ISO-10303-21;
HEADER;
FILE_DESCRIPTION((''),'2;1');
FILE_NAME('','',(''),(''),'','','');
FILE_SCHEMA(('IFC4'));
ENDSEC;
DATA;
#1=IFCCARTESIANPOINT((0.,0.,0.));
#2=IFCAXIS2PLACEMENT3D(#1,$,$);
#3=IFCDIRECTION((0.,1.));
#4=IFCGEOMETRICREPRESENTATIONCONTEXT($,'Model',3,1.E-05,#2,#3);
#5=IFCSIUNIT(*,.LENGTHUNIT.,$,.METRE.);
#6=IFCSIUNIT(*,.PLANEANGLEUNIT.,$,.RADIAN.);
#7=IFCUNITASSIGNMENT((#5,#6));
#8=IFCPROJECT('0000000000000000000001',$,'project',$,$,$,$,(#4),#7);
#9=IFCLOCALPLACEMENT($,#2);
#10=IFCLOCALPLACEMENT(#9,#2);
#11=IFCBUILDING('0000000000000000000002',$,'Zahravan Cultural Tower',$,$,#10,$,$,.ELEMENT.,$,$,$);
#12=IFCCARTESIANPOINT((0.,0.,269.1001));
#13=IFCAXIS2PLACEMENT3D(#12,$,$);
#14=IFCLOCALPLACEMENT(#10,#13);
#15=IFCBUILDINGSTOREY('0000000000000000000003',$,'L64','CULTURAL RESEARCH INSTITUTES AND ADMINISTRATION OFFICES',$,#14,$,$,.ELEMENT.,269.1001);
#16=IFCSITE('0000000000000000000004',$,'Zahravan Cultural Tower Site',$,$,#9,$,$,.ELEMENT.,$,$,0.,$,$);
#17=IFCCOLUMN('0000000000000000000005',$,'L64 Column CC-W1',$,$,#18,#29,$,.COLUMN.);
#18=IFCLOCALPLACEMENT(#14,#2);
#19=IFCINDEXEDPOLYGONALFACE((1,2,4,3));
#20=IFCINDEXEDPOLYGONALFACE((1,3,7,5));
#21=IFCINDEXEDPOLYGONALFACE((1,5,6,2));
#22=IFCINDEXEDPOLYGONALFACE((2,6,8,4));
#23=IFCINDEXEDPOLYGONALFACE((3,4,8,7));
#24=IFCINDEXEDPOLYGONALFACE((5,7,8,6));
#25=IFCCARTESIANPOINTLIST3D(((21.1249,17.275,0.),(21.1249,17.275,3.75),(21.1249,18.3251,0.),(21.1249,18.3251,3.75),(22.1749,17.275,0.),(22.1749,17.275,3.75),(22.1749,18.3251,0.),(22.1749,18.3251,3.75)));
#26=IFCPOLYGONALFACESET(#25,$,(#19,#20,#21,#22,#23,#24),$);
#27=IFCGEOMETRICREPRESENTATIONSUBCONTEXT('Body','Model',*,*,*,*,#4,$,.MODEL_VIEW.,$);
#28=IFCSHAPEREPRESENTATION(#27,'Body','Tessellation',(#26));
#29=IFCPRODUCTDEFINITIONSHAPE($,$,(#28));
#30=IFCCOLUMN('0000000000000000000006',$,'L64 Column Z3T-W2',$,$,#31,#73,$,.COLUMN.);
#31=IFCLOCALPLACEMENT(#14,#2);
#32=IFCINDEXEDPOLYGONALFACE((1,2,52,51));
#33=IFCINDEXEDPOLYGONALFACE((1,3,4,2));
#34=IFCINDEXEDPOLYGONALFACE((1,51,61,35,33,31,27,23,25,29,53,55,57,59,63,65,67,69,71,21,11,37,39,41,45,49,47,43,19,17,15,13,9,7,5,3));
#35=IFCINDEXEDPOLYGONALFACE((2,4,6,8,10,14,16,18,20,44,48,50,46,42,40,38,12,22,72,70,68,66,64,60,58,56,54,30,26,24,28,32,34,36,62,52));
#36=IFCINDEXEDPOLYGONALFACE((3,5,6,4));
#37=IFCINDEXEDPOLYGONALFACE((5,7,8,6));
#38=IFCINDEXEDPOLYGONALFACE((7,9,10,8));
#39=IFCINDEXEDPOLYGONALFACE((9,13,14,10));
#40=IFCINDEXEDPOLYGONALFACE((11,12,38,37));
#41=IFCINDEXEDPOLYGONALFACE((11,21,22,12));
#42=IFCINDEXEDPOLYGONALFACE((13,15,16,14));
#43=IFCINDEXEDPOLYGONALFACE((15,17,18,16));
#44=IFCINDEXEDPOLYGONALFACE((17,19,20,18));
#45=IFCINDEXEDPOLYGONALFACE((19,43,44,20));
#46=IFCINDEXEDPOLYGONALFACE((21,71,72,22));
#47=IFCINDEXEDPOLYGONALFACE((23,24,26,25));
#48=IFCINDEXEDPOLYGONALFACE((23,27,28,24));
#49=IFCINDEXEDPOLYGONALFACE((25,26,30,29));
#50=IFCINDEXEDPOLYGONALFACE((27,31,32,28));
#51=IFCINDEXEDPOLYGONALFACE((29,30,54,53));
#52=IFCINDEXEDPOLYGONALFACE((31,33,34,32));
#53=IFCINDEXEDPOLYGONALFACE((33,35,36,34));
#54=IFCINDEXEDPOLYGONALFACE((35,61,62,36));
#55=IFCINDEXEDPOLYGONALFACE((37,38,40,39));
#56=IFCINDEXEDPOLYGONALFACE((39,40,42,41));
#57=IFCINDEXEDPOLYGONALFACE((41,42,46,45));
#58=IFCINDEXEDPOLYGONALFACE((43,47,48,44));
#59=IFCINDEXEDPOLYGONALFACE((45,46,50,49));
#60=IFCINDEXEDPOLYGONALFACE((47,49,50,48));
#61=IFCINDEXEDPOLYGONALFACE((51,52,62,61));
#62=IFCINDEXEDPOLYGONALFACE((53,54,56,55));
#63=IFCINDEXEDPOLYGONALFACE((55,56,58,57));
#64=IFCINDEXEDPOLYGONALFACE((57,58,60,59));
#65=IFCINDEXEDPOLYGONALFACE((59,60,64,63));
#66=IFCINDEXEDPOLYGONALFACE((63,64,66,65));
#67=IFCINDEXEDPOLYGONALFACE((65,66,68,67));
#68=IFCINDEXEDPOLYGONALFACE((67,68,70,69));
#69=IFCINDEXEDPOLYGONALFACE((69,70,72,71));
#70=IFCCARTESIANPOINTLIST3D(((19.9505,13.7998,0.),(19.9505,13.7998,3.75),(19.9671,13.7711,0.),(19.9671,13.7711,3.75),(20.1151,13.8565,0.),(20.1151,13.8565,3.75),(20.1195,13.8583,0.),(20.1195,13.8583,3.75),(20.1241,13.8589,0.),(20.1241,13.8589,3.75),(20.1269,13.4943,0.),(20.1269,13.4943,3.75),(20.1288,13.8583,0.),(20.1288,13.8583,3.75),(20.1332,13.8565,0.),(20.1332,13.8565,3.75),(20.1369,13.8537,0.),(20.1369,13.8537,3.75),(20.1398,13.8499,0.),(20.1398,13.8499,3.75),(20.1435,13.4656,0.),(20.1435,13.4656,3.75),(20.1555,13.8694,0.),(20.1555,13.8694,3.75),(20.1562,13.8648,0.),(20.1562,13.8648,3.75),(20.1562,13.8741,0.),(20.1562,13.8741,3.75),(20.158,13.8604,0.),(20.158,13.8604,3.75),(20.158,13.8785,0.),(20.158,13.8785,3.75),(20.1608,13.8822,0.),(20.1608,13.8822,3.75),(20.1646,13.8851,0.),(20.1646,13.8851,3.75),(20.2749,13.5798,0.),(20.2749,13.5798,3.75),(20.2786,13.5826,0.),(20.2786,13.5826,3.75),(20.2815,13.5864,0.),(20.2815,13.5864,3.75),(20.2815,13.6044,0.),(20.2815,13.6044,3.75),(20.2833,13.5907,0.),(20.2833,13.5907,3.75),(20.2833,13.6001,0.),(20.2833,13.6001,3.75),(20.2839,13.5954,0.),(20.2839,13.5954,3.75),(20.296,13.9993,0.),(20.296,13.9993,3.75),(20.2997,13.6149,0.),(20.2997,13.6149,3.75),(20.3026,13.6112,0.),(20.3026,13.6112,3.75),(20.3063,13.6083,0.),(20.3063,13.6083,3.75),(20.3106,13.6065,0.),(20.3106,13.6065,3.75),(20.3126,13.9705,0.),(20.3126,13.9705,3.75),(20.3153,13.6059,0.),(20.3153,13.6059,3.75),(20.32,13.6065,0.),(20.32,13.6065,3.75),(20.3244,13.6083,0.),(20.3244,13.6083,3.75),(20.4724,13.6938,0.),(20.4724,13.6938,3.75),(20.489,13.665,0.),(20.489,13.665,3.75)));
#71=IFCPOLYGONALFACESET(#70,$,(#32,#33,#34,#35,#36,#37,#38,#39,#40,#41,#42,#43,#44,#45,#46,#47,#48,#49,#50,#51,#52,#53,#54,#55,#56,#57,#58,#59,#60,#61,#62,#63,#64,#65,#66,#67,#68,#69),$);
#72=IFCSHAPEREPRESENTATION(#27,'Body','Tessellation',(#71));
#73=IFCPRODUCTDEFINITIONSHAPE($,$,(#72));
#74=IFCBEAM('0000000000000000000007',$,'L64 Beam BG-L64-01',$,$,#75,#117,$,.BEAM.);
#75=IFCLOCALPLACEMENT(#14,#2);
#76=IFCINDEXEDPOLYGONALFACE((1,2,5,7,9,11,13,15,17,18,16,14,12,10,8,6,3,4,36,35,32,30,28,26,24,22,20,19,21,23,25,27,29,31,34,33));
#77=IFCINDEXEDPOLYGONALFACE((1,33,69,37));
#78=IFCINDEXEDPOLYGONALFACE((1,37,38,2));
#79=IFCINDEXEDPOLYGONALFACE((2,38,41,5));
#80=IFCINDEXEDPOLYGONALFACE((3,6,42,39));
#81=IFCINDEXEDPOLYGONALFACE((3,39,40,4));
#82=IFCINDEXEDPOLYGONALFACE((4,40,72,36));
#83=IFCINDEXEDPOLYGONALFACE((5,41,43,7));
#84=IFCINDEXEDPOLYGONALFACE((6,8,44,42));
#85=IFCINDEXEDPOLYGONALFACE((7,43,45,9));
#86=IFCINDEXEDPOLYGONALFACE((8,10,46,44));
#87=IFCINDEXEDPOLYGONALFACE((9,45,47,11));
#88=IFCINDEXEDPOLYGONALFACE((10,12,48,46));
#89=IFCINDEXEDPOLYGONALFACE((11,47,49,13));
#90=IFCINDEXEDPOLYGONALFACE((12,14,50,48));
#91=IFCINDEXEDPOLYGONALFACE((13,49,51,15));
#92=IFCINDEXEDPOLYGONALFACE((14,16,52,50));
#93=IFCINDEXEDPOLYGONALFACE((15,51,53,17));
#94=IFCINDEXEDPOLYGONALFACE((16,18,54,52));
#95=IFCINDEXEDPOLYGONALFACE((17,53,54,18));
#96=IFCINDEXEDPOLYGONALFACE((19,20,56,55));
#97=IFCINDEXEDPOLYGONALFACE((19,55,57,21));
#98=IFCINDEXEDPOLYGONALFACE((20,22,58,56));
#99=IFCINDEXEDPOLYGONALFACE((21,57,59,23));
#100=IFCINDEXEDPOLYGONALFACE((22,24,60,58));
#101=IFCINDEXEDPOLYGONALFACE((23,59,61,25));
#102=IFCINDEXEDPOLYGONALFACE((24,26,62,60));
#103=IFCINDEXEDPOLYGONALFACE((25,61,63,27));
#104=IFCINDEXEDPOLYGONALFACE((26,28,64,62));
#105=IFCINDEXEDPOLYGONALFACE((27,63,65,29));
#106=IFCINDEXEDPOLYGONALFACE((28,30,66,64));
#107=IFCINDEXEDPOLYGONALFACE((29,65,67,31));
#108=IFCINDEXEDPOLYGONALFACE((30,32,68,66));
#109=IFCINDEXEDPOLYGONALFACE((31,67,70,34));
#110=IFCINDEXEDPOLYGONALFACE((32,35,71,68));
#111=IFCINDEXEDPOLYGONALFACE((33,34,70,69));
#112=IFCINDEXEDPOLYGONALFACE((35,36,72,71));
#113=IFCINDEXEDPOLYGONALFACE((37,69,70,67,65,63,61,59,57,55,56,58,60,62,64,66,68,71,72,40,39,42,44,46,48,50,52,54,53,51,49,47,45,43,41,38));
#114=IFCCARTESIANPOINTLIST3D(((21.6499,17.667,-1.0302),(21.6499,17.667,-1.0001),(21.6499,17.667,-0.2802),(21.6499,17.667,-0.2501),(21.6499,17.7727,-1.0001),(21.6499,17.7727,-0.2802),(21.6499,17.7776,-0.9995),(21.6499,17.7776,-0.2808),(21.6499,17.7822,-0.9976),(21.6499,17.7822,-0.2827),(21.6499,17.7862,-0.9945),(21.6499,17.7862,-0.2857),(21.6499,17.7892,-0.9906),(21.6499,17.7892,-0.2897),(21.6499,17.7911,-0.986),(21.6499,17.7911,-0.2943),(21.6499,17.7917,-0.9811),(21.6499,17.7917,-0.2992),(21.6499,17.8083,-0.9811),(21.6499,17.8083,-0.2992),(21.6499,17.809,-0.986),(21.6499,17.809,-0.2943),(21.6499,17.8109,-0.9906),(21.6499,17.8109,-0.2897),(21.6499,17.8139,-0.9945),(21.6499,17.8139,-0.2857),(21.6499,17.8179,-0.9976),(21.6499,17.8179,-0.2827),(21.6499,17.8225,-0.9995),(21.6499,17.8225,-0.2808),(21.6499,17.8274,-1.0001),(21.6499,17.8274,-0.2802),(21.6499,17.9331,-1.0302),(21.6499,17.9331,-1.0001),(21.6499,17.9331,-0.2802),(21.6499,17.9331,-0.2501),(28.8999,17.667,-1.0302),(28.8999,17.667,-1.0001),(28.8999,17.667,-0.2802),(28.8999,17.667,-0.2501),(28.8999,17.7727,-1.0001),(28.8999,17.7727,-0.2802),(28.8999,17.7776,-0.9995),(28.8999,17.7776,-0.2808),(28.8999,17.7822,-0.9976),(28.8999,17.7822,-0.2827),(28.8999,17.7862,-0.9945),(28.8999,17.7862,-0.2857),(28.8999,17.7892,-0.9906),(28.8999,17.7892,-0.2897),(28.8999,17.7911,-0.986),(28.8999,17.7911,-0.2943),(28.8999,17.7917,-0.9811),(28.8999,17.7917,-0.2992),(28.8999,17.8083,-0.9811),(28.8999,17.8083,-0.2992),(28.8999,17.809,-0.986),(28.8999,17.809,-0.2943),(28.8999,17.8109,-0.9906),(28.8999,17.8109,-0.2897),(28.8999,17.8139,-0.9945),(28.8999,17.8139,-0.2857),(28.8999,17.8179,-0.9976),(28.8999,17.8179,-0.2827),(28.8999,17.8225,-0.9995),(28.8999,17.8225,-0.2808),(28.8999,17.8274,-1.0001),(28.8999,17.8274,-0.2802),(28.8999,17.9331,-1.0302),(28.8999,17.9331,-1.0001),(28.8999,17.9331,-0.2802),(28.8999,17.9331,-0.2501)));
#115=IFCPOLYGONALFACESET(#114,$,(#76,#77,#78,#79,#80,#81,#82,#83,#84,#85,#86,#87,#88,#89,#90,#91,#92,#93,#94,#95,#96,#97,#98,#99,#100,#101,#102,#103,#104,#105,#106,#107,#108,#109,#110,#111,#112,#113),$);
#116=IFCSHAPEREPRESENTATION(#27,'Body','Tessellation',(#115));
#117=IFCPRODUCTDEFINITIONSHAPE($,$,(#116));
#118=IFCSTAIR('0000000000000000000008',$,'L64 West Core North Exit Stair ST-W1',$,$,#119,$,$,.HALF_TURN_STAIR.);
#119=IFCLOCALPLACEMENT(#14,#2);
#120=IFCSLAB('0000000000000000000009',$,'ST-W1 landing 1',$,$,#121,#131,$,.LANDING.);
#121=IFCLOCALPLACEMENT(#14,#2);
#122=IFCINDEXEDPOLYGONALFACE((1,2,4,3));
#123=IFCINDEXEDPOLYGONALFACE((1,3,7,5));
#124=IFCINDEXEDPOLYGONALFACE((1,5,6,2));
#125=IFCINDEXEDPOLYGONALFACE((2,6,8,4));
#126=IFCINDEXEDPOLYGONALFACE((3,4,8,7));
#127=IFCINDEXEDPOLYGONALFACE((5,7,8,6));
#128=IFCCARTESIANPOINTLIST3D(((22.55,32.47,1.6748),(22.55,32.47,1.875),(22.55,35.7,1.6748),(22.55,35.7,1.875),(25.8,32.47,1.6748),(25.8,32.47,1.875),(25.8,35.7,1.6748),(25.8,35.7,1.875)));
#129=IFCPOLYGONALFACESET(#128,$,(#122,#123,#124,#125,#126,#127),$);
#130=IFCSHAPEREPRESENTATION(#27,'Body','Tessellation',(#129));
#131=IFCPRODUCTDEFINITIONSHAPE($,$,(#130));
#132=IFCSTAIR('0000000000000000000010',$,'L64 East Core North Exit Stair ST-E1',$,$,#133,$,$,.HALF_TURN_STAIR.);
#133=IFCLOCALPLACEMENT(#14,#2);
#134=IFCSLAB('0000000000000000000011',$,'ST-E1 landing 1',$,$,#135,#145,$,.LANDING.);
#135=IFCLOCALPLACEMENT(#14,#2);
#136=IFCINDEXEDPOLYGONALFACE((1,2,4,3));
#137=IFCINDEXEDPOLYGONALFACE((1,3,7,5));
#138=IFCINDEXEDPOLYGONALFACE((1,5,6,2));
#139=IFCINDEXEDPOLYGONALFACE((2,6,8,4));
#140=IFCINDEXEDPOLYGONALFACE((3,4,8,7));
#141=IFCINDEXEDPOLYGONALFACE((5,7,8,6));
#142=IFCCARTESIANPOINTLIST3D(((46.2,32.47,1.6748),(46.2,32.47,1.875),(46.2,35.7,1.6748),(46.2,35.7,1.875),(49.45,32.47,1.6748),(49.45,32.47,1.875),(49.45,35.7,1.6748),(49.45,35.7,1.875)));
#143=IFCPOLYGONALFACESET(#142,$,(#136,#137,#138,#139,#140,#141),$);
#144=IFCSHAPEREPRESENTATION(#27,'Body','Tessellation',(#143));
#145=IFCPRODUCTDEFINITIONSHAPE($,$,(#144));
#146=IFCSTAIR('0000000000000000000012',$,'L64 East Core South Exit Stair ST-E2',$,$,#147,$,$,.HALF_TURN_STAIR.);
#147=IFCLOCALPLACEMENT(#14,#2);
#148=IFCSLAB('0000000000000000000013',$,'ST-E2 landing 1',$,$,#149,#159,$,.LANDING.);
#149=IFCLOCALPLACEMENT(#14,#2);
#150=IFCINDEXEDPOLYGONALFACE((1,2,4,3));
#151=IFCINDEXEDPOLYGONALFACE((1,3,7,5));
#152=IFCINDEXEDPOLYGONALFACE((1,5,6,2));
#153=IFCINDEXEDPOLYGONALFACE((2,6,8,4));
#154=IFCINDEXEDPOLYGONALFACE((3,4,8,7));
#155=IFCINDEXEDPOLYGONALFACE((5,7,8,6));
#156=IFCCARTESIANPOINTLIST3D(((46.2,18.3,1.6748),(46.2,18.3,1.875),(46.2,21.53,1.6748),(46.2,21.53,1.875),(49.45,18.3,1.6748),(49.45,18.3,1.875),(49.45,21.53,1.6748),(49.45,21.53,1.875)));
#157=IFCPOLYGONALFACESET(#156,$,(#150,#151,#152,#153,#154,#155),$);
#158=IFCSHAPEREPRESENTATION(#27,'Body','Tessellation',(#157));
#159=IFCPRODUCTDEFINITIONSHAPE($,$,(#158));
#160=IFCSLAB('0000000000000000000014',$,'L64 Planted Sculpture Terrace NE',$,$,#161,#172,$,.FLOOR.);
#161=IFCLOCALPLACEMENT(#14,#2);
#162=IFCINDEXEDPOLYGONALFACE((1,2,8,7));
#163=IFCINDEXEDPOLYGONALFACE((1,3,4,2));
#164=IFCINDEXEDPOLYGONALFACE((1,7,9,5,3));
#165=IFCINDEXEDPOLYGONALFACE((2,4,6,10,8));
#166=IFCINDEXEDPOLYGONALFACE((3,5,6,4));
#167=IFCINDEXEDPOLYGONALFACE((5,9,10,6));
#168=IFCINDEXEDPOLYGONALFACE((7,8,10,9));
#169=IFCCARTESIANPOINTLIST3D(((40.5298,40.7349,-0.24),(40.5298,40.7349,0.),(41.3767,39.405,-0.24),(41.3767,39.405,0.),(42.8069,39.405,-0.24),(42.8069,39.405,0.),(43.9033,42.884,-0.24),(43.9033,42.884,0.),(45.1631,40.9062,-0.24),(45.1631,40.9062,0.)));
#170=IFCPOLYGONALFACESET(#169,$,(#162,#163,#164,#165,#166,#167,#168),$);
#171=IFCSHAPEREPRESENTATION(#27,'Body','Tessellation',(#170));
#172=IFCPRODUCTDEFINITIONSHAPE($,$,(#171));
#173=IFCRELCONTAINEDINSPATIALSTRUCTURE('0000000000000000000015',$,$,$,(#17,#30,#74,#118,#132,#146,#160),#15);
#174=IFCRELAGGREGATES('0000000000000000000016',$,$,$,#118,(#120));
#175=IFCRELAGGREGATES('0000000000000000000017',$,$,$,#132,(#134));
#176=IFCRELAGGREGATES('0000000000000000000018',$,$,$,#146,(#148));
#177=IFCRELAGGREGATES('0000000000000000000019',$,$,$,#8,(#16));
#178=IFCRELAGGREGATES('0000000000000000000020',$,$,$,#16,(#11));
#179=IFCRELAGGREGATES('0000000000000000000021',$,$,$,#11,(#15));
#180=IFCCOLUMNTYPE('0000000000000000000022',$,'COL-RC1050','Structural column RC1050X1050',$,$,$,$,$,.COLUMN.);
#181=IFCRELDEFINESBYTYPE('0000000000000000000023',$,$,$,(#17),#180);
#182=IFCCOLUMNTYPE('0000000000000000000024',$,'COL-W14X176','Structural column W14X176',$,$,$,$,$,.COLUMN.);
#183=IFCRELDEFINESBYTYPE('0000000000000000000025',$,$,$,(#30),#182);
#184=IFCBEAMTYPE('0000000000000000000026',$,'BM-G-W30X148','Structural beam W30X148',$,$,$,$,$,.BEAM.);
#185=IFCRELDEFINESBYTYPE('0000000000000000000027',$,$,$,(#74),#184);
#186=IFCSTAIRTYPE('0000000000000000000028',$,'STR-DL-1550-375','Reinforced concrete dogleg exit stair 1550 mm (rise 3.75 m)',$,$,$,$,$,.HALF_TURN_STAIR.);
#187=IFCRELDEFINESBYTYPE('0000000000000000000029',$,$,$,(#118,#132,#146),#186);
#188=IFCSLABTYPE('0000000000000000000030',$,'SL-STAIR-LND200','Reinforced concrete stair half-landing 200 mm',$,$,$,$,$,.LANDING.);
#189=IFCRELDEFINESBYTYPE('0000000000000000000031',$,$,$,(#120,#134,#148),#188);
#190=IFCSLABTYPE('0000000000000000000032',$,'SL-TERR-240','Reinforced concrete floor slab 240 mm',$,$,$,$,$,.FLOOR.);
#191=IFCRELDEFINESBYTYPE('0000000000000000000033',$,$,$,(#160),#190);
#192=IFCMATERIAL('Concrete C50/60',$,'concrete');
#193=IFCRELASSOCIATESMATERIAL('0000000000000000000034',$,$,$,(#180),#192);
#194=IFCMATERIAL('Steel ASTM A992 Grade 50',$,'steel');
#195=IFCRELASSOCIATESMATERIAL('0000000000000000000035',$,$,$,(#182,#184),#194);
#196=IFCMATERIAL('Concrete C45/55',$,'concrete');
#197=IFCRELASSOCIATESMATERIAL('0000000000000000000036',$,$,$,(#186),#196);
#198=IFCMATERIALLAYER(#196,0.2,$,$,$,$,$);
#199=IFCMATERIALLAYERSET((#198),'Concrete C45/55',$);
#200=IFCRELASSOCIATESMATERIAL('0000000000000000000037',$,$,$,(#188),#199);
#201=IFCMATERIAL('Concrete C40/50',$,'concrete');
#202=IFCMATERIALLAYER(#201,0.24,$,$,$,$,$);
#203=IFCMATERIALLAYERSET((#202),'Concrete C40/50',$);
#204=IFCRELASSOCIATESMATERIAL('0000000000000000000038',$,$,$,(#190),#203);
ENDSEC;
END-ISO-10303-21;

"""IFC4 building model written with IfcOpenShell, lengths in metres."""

from ifc_helpers import new_model, si_unit, direction, frame, origin, origin_2d, place, context, subcontext, project, spatial, polyline, rectangle, i_section, outline, extrude, source, transform, mapped, material, layer, layer_set, material_profile, profile_set, type_object, element, aggregate, save


model = new_model("IFC4")

# Units and contexts
model_context = context("Model", 3, precision=1e-05, world=origin(), true_north=direction((0.0, 1.0)))
body_context = subcontext(model_context, "Body", "Model", "MODEL_VIEW")
ifc_project = project(units=[si_unit("LENGTHUNIT", "METRE"), si_unit("PLANEANGLEUNIT", "RADIAN")], contexts=[model_context])

# Site, building, storey
site_placement = place(None, origin())
site = spatial("IfcSite", under=ifc_project, at=site_placement, Name="Zahravan Cultural Tower Site", CompositionType="ELEMENT", RefElevation=0.0)
building_placement = place(site_placement, origin())
building = spatial("IfcBuilding", under=site, at=building_placement, Name="Zahravan Cultural Tower", CompositionType="ELEMENT")
storey_placement = place(building_placement, frame((0.0, 0.0, 269.1001)))
storey = spatial("IfcBuildingStorey", under=building, at=storey_placement, Name="L64", Description="CULTURAL RESEARCH INSTITUTES AND ADMINISTRATION OFFICES", CompositionType="ELEMENT", Elevation=269.1001)

# Columns
ifc_material_1 = material(Name="Concrete C50/60", Category="concrete")
ifc_material_profile_1 = material_profile(ifc_material_1, rectangle(XDim=1.05, YDim=1.05, at=origin_2d()), Name="RC1050X1050")
ifc_profile_set_1 = profile_set([ifc_material_profile_1], Name="Concrete C50/60")
column_type_1 = type_object("IfcColumnType", Name="COL-RC1050", Description="Structural column RC1050X1050", PredefinedType="COLUMN", material=ifc_profile_set_1)
shared_shape_1 = source(origin(), body_context, "Body", "SweptSolid", [
    extrude(rectangle(XDim=1.05, YDim=1.05, at=origin_2d()), origin(), (0.0, 0.0, 1.0), 3.75),
])
column_1_placement = place(storey_placement, frame((21.6499, 17.8, 0.0), z_axis=(0.0, 0.0, 1.0), x_axis=(1.0, 0.0, 0.0)))
element("IfcColumn", 1, at=column_1_placement, inside=storey, type_object=column_type_1, Name="L64 Column CC-W1", PredefinedType="COLUMN", context=body_context, shape_type="MappedRepresentation", body=[
    mapped(shared_shape_1, transform((0.0, 0.0, 0.0), x_axis=(1.0, 0.0, 0.0), y_axis=(0.0, 1.0, 0.0), z_axis=(0.0, 0.0, 1.0), scale=1.0)),
])
ifc_material_2 = material(Name="Steel ASTM A992 Grade 50", Category="steel")
ifc_material_profile_2 = material_profile(ifc_material_2, i_section(OverallWidth=0.3989, OverallDepth=0.386, WebThickness=0.021, FlangeThickness=0.0332, FilletRadius=0.0181, at=origin_2d()), Name="W14X176")
ifc_profile_set_2 = profile_set([ifc_material_profile_2], Name="Steel ASTM A992 Grade 50")
column_type_2 = type_object("IfcColumnType", Name="COL-W14X176", Description="Structural column W14X176", PredefinedType="COLUMN", material=ifc_profile_set_2)
shared_shape_2 = source(origin(), body_context, "Body", "SweptSolid", [
    extrude(i_section(OverallWidth=0.3989, OverallDepth=0.386, WebThickness=0.021, FlangeThickness=0.0332, FilletRadius=0.0181, at=origin_2d()), origin(), (0.0, 0.0, 1.0), 3.75),
])
column_2_placement = place(storey_placement, frame((20.2197, 13.7324, 0.0), z_axis=(0.0, 0.0, 1.0), x_axis=(0.866025, 0.5, 0.0)))
element("IfcColumn", 2, at=column_2_placement, inside=storey, type_object=column_type_2, Name="L64 Column Z3T-W2", PredefinedType="COLUMN", context=body_context, shape_type="MappedRepresentation", body=[
    mapped(shared_shape_2, transform((0.0, 0.0, 0.0), x_axis=(1.0, 0.0, 0.0), y_axis=(0.0, 1.0, 0.0), z_axis=(0.0, 0.0, 1.0), scale=1.0)),
])

# Beam
ifc_material_profile_3 = material_profile(ifc_material_2, i_section(OverallWidth=0.2661, OverallDepth=0.78, WebThickness=0.0166, FlangeThickness=0.03, FilletRadius=0.019, at=origin_2d()), Name="W30X148")
ifc_profile_set_3 = profile_set([ifc_material_profile_3], Name="Steel ASTM A992 Grade 50")
beam_type = type_object("IfcBeamType", Name="BM-G-W30X148", Description="Structural beam W30X148", PredefinedType="BEAM", material=ifc_profile_set_3)
shared_shape_3 = source(origin(), body_context, "Body", "SweptSolid", [
    extrude(i_section(OverallWidth=0.2661, OverallDepth=0.78, WebThickness=0.0166, FlangeThickness=0.03, FilletRadius=0.019, at=origin_2d()), origin(), (0.0, 0.0, 1.0), 7.25),
])
beam_placement = place(storey_placement, frame((21.6499, 17.8, -0.6401), z_axis=(1.0, 0.0, 0.0), x_axis=(0.0, 1.0, 0.0)))
element("IfcBeam", 3, at=beam_placement, inside=storey, type_object=beam_type, Name="L64 Beam BG-L64-01", PredefinedType="BEAM", context=body_context, shape_type="MappedRepresentation", body=[
    mapped(shared_shape_3, transform((0.0, 0.0, 0.0), x_axis=(1.0, 0.0, 0.0), y_axis=(0.0, 1.0, 0.0), z_axis=(0.0, 0.0, 1.0), scale=1.0)),
])

# Stairs, slabs
ifc_material_3 = material(Name="Concrete C45/55", Category="concrete")
stair_type = type_object("IfcStairType", Name="STR-DL-1550-375", Description="Reinforced concrete dogleg exit stair 1550 mm (rise 3.75 m)", PredefinedType="HALF_TURN_STAIR", material=ifc_material_3)
stair_1_placement = place(storey_placement, origin())
stair_1 = element("IfcStair", 4, at=stair_1_placement, inside=storey, type_object=stair_type, Name="L64 West Core North Exit Stair ST-W1", PredefinedType="HALF_TURN_STAIR")
ifc_layer_1 = layer(ifc_material_3, 0.2)
ifc_layer_set_1 = layer_set([ifc_layer_1], Name="Concrete C45/55")
slab_type_1 = type_object("IfcSlabType", Name="SL-STAIR-LND200", Description="Reinforced concrete stair half-landing 200 mm", PredefinedType="LANDING", material=ifc_layer_set_1)
slab_1_placement = place(storey_placement, frame((0.0, 0.0, 1.6748)))
slab_1 = element("IfcSlab", 5, at=slab_1_placement, type_object=slab_type_1, Name="ST-W1 landing 1", PredefinedType="LANDING", context=body_context, shape_type="SweptSolid", body=[
    extrude(outline(polyline([(25.8, 32.47), (25.8, 35.7), (22.55, 35.7), (22.55, 32.47), (25.8, 32.47)])), origin(), (0.0, 0.0, 1.0), 0.2002),
])
aggregate(stair_1, [slab_1])
stair_2_placement = place(storey_placement, origin())
stair_2 = element("IfcStair", 6, at=stair_2_placement, inside=storey, type_object=stair_type, Name="L64 East Core North Exit Stair ST-E1", PredefinedType="HALF_TURN_STAIR")
slab_2_placement = place(storey_placement, frame((0.0, 0.0, 1.6748)))
slab_2 = element("IfcSlab", 7, at=slab_2_placement, type_object=slab_type_1, Name="ST-E1 landing 1", PredefinedType="LANDING", context=body_context, shape_type="SweptSolid", body=[
    extrude(outline(polyline([(49.45, 32.47), (49.45, 35.7), (46.2, 35.7), (46.2, 32.47), (49.45, 32.47)])), origin(), (0.0, 0.0, 1.0), 0.2002),
])
aggregate(stair_2, [slab_2])
stair_3_placement = place(storey_placement, origin())
stair_3 = element("IfcStair", 8, at=stair_3_placement, inside=storey, type_object=stair_type, Name="L64 East Core South Exit Stair ST-E2", PredefinedType="HALF_TURN_STAIR")
slab_3_placement = place(storey_placement, frame((0.0, 0.0, 1.6748)))
slab_3 = element("IfcSlab", 9, at=slab_3_placement, type_object=slab_type_1, Name="ST-E2 landing 1", PredefinedType="LANDING", context=body_context, shape_type="SweptSolid", body=[
    extrude(outline(polyline([(46.2, 21.53), (46.2, 18.3), (49.45, 18.3), (49.45, 21.53), (46.2, 21.53)])), origin(), (0.0, 0.0, 1.0), 0.2002),
])
aggregate(stair_3, [slab_3])

# Slab
ifc_material_4 = material(Name="Concrete C40/50", Category="concrete")
ifc_layer_2 = layer(ifc_material_4, 0.24)
ifc_layer_set_2 = layer_set([ifc_layer_2], Name="Concrete C40/50")
slab_type_2 = type_object("IfcSlabType", Name="SL-TERR-240", Description="Reinforced concrete floor slab 240 mm", PredefinedType="FLOOR", material=ifc_layer_set_2)
slab_4_placement = place(storey_placement, frame((0.0, 0.0, -0.24)))
element("IfcSlab", 10, at=slab_4_placement, inside=storey, type_object=slab_type_2, Name="L64 Planted Sculpture Terrace NE", PredefinedType="FLOOR", context=body_context, shape_type="SweptSolid", body=[
    extrude(outline(polyline([(40.5298, 40.7349), (41.3767, 39.405), (42.8069, 39.405), (45.1631, 40.9062), (43.9033, 42.884), (40.5298, 40.7349)])), origin(), (0.0, 0.0, 1.0), 0.24),
])

save(model, "model.ifc")
